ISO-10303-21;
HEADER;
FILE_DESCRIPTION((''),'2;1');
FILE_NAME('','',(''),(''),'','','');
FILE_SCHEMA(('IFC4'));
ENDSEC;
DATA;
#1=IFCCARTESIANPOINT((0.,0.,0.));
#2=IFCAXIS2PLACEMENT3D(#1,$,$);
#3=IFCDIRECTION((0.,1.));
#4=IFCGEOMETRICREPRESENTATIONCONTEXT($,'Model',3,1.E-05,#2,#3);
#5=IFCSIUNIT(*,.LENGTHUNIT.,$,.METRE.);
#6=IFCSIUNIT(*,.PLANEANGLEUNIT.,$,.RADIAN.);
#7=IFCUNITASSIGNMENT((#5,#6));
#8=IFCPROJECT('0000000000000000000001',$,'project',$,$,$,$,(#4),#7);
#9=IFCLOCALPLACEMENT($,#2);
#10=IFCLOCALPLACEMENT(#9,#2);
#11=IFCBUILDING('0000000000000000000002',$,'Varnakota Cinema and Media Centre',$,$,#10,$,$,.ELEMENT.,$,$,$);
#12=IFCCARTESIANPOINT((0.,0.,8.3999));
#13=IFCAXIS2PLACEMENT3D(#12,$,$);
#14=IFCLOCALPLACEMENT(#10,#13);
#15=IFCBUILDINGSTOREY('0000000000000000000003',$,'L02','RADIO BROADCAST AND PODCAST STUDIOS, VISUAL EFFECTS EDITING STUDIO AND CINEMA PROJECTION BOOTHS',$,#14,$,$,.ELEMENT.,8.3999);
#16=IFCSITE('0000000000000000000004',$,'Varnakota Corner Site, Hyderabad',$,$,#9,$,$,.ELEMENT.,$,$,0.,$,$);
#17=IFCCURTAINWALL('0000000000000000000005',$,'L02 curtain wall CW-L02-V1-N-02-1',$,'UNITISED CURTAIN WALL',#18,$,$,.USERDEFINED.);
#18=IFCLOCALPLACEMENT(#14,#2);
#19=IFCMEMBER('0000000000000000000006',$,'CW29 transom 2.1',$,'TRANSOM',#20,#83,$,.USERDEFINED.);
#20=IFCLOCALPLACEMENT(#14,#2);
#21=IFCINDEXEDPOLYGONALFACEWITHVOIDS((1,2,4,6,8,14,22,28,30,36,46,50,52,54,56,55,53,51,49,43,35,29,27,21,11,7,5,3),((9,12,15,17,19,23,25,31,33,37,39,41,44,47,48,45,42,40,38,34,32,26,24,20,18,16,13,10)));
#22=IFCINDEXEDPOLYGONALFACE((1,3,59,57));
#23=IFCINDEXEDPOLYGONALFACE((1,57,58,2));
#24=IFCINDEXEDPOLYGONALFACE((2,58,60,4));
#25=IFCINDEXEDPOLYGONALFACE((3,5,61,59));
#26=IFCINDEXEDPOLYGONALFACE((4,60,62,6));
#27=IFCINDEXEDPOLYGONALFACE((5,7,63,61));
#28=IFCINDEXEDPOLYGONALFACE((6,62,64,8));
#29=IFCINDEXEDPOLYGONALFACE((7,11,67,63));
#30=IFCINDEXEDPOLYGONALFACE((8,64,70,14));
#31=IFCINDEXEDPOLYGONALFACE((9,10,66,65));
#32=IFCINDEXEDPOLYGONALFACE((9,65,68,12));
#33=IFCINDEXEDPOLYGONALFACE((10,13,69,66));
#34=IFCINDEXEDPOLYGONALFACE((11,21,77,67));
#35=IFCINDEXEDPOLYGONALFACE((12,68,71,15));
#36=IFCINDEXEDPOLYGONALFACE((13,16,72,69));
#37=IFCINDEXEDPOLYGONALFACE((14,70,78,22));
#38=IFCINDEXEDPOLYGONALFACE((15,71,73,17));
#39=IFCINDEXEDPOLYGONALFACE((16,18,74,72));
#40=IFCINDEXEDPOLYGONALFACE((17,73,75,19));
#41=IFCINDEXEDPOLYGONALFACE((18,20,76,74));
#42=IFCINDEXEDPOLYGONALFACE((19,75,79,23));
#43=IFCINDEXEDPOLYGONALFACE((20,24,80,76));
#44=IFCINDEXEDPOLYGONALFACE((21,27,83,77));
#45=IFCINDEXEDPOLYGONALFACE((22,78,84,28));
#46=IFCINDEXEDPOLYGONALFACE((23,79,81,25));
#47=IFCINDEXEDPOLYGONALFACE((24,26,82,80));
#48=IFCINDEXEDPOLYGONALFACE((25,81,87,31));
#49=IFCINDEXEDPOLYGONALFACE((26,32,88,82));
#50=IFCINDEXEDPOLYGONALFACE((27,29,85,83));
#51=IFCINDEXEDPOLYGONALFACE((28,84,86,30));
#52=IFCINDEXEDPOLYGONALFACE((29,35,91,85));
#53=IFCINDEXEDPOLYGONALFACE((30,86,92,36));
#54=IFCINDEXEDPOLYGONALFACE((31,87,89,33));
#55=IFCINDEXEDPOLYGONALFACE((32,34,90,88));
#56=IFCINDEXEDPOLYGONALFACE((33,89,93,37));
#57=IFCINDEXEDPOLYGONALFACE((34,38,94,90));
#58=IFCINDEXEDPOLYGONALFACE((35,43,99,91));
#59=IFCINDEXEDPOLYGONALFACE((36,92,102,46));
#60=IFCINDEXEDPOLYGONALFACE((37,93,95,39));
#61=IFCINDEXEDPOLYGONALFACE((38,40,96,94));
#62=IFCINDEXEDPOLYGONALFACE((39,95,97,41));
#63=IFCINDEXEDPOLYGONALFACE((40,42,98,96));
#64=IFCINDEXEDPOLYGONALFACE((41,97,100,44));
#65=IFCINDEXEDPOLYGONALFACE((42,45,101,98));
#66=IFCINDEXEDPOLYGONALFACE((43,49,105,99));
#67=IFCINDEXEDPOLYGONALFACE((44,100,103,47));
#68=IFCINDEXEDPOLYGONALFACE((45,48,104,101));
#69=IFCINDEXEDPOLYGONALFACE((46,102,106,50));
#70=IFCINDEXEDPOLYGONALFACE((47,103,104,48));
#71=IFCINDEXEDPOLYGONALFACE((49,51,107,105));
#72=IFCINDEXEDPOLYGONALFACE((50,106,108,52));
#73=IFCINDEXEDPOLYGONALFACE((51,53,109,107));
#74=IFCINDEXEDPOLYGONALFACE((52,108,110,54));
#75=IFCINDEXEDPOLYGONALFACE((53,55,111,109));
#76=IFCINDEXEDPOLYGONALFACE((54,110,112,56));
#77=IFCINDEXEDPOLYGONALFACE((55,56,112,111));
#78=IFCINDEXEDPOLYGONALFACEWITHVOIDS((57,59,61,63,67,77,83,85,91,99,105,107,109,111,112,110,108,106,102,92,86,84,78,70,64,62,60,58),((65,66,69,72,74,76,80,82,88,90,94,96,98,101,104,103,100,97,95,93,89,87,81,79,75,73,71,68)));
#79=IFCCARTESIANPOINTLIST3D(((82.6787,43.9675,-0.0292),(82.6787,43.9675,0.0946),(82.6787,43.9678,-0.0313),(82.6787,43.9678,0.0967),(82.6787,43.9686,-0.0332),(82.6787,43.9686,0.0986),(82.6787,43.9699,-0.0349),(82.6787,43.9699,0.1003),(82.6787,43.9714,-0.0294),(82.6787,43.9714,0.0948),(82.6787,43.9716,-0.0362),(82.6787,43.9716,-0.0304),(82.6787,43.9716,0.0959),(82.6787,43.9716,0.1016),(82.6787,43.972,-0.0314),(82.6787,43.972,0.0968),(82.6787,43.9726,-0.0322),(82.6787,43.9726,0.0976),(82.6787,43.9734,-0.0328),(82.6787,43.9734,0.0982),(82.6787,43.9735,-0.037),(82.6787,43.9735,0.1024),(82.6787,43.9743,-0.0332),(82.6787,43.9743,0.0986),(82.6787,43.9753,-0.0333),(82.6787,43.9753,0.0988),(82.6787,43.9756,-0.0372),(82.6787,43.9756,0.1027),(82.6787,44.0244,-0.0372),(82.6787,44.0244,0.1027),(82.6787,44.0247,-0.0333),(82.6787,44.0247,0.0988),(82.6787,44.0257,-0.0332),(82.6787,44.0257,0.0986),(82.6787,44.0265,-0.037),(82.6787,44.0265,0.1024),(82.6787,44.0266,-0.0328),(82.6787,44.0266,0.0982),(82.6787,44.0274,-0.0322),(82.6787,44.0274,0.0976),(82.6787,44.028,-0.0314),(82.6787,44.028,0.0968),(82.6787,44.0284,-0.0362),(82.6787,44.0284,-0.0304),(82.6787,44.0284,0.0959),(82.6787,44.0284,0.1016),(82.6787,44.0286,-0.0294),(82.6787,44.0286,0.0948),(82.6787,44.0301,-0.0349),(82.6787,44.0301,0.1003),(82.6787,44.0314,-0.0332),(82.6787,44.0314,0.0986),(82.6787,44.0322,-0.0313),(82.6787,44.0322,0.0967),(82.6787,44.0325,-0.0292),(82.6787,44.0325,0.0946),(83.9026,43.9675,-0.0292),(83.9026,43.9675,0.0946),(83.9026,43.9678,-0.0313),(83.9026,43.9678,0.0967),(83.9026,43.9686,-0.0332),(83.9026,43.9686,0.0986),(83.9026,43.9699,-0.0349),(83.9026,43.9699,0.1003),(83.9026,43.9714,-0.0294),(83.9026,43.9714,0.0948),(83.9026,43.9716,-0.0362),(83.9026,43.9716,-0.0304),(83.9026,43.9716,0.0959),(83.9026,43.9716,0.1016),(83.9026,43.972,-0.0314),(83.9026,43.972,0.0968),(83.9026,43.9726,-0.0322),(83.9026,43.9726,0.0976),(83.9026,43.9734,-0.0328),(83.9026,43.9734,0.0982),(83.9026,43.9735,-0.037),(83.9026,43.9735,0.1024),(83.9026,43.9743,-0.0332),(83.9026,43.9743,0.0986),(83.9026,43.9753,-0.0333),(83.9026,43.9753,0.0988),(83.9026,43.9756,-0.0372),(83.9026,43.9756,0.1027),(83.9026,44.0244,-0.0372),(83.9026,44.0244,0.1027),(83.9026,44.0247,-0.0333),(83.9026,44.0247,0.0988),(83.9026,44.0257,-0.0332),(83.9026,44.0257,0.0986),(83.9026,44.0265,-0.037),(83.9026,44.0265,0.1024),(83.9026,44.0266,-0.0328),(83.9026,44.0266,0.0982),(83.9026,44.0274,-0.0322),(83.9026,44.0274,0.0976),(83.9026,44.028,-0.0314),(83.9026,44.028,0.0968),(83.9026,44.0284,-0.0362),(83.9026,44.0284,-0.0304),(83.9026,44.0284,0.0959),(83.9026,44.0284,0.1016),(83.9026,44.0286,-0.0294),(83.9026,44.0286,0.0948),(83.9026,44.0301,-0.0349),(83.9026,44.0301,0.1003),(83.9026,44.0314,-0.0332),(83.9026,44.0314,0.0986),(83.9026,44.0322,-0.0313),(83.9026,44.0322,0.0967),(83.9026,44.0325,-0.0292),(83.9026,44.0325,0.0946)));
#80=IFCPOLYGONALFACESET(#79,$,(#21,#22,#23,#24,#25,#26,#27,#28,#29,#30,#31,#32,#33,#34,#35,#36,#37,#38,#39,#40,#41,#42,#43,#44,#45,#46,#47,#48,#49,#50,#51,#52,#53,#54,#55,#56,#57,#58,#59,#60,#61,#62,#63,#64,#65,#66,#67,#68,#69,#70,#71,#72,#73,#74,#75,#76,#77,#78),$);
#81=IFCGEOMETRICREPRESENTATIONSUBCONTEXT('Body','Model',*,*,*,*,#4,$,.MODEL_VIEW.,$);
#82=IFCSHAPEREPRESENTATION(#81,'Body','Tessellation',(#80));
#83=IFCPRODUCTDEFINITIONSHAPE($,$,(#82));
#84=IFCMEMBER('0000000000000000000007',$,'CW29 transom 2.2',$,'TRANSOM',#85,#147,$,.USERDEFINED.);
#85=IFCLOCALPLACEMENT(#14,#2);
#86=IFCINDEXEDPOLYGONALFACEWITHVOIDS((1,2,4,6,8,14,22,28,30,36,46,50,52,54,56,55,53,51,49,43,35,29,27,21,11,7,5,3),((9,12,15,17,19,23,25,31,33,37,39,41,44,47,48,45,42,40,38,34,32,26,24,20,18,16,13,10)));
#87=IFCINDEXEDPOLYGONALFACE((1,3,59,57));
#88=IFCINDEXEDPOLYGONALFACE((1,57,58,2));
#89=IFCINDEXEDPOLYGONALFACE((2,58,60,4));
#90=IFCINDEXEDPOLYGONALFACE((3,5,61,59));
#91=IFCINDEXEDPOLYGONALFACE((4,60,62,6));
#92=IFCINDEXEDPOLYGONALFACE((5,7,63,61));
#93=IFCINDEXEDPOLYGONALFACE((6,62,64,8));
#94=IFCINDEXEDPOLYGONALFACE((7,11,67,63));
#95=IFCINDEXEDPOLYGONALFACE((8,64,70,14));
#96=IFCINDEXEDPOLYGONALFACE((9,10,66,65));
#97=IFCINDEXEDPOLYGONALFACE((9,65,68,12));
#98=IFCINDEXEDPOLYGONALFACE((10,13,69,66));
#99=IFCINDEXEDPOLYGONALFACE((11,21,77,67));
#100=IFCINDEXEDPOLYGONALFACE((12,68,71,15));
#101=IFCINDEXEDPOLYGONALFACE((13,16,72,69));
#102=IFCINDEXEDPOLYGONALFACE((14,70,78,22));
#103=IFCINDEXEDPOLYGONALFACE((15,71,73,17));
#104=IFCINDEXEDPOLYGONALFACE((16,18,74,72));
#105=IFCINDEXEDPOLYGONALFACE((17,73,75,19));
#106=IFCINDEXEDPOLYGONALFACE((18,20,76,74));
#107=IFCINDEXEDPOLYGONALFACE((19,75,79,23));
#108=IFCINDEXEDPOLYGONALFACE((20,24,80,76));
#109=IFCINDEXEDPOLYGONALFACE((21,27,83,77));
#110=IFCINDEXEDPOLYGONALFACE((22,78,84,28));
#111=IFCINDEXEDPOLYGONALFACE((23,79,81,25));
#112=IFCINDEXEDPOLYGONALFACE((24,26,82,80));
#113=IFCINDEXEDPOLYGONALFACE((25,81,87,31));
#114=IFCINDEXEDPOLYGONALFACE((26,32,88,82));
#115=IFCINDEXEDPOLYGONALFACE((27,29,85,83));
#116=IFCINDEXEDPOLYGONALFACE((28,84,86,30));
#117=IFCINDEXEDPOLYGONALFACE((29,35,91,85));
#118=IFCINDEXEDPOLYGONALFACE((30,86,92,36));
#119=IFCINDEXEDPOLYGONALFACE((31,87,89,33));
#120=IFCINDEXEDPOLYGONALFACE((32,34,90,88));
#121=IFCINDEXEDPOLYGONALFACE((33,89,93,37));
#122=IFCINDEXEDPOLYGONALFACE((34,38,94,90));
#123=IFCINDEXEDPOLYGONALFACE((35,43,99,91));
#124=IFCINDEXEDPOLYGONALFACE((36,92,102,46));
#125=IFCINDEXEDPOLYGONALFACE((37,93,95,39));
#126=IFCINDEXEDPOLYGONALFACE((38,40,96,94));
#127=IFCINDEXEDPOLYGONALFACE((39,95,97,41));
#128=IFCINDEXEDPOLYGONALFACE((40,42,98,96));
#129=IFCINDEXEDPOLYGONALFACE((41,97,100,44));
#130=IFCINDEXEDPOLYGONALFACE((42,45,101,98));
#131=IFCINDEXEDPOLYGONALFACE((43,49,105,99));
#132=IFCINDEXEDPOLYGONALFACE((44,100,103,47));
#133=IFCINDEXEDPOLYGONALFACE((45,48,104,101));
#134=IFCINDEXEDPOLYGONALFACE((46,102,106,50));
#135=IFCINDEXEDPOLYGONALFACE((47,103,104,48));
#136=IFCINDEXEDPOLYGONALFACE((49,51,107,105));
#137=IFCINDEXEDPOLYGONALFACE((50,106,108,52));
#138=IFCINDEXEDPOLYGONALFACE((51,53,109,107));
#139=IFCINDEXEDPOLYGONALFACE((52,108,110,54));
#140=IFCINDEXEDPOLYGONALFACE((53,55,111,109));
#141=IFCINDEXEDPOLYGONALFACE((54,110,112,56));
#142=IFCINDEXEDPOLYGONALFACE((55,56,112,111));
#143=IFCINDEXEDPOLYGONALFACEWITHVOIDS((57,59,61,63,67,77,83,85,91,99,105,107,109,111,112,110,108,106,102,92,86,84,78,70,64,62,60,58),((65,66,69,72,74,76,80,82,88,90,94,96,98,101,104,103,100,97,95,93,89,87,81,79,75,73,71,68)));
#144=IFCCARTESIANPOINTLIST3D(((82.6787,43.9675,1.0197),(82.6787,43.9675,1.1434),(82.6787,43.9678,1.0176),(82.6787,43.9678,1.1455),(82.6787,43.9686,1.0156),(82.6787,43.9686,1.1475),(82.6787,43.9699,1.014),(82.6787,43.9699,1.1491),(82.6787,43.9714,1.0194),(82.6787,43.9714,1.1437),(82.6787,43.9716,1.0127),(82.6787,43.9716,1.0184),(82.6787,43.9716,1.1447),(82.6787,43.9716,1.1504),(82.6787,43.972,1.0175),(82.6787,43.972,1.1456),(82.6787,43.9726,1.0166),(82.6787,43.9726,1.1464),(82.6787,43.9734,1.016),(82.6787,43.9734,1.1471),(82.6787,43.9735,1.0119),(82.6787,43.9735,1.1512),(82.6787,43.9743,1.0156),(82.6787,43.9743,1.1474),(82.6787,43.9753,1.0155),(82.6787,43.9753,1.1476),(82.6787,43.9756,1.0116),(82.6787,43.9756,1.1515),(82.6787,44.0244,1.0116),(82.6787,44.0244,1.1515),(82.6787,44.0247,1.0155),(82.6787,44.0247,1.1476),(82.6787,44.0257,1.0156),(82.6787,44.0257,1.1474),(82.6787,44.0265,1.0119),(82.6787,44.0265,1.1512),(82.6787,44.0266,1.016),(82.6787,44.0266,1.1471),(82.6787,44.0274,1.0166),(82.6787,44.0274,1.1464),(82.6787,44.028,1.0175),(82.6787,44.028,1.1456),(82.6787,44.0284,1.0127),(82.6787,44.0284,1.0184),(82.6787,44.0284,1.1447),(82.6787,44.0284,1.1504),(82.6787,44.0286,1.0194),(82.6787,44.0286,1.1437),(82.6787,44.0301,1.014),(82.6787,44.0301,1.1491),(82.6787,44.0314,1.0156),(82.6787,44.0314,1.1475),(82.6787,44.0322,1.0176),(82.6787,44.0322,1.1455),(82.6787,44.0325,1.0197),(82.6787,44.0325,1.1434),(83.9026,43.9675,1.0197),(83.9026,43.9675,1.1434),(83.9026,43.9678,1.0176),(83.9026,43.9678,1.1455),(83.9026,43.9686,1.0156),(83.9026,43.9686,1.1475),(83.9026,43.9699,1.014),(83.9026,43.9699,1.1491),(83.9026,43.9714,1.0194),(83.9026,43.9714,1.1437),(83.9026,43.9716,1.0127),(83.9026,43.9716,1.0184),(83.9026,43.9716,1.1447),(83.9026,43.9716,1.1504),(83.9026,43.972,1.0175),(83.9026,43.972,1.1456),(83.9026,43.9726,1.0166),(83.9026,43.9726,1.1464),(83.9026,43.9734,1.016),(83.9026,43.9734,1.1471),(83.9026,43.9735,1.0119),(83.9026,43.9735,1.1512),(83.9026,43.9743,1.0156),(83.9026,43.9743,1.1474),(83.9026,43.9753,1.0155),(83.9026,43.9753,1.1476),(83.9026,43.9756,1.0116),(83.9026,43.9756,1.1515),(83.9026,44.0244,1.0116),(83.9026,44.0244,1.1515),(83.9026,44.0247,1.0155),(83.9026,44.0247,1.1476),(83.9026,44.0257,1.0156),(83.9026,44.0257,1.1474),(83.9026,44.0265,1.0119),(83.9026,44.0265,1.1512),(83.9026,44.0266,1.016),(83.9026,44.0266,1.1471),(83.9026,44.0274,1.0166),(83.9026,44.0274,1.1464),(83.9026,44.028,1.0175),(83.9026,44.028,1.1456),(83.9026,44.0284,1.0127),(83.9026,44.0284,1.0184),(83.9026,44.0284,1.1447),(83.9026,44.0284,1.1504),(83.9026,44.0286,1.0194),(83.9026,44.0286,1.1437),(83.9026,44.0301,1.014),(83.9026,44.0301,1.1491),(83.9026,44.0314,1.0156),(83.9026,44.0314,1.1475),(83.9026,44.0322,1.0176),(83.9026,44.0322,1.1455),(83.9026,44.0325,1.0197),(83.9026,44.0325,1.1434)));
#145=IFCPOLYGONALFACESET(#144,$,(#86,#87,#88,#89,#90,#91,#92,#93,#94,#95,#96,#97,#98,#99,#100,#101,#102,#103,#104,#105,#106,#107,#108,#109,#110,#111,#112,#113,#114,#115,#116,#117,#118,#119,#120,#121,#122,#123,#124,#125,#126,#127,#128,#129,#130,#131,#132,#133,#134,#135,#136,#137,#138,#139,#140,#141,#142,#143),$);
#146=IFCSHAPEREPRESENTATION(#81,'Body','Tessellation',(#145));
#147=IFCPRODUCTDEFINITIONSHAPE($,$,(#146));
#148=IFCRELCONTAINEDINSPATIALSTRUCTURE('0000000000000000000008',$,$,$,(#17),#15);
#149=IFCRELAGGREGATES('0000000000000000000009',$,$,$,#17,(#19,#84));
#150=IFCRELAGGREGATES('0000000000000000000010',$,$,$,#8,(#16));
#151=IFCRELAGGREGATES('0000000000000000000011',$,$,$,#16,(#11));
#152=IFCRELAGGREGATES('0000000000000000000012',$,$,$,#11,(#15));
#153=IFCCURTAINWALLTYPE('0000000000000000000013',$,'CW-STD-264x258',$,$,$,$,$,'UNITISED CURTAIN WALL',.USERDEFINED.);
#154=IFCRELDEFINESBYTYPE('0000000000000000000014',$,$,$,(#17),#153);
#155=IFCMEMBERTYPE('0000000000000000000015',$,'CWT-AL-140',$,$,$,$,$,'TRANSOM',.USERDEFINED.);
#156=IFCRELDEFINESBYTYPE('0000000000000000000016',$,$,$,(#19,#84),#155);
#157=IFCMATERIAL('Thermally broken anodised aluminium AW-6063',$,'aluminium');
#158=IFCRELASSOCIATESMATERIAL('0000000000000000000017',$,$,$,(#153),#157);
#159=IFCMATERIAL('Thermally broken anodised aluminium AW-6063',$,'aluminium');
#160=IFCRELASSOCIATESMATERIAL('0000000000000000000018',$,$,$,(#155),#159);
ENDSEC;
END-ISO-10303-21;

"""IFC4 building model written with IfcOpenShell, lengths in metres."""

from ifc_helpers import new_model, si_unit, direction, frame, origin, origin_2d, place, context, subcontext, project, spatial, hollow_rectangle, extrude, material, material_profile, profile_set, type_object, element, aggregate, save


model = new_model("IFC4")

# Units and contexts
model_context = context("Model", 3, precision=1e-05, world=origin(), true_north=direction((0.0, 1.0)))
body_context = subcontext(model_context, "Body", "Model", "MODEL_VIEW")
ifc_project = project(units=[si_unit("LENGTHUNIT", "METRE"), si_unit("PLANEANGLEUNIT", "RADIAN")], contexts=[model_context])

# Site, building, storey
site_placement = place(None, origin())
site = spatial("IfcSite", under=ifc_project, at=site_placement, Name="Varnakota Corner Site, Hyderabad", CompositionType="ELEMENT", RefElevation=0.0)
building_placement = place(site_placement, origin())
building = spatial("IfcBuilding", under=site, at=building_placement, Name="Varnakota Cinema and Media Centre", CompositionType="ELEMENT")
storey_placement = place(building_placement, frame((0.0, 0.0, 8.3999)))
storey = spatial("IfcBuildingStorey", under=building, at=storey_placement, Name="L02", Description="RADIO BROADCAST AND PODCAST STUDIOS, VISUAL EFFECTS EDITING STUDIO AND CINEMA PROJECTION BOOTHS", CompositionType="ELEMENT", Elevation=8.3999)

# Curtain wall
ifc_material_1 = material(Name="Thermally broken anodised aluminium AW-6063", Category="aluminium")
curtain_wall_type = type_object("IfcCurtainWallType", Name="CW-STD-264x258", ElementType="UNITISED CURTAIN WALL", PredefinedType="USERDEFINED", material=ifc_material_1)
curtain_wall_1_placement = place(storey_placement, origin())
curtain_wall_1 = element("IfcCurtainWall", 1, at=curtain_wall_1_placement, inside=storey, type_object=curtain_wall_type, Name="L02 curtain wall CW-L02-V1-N-02-1", ObjectType="UNITISED CURTAIN WALL", PredefinedType="USERDEFINED")

# Members
ifc_material_2 = material(Name="Thermally broken anodised aluminium AW-6063", Category="aluminium")
ifc_material_profile_1 = material_profile(ifc_material_2, hollow_rectangle(XDim=0.0649, YDim=0.1399, WallThickness=0.0039, InnerFilletRadius=0.0039, OuterFilletRadius=0.0081, at=origin_2d()), Name="AL-TRANSOM 140x65x4")
ifc_profile_set_1 = profile_set([ifc_material_profile_1], Name="Thermally broken anodised aluminium AW-6063")
member_type_1 = type_object("IfcMemberType", Name="CWT-AL-140", ElementType="TRANSOM", PredefinedType="USERDEFINED", material=ifc_profile_set_1)
member_1_placement = place(storey_placement, frame((82.6787, 44.0, 0.0327), z_axis=(1.0, 0.0, 0.0), x_axis=(0.0, 1.0, 0.0)))
member_1 = element("IfcMember", 2, at=member_1_placement, type_object=member_type_1, Name="CW29 transom 2.1", ObjectType="TRANSOM", PredefinedType="USERDEFINED", context=body_context, shape_type="SweptSolid", body=[
    extrude(hollow_rectangle(XDim=0.0649, YDim=0.1399, WallThickness=0.0039, InnerFilletRadius=0.0039, OuterFilletRadius=0.0081, at=origin_2d()), origin(), (0.0, 0.0, 1.0), 1.2239),
])
member_2_placement = place(storey_placement, frame((82.6787, 44.0, 1.0815), z_axis=(1.0, 0.0, 0.0), x_axis=(0.0, 1.0, 0.0)))
member_2 = element("IfcMember", 3, at=member_2_placement, type_object=member_type_1, Name="CW29 transom 2.2", ObjectType="TRANSOM", PredefinedType="USERDEFINED", context=body_context, shape_type="SweptSolid", body=[
    extrude(hollow_rectangle(XDim=0.0649, YDim=0.1399, WallThickness=0.0039, InnerFilletRadius=0.0039, OuterFilletRadius=0.0081, at=origin_2d()), origin(), (0.0, 0.0, 1.0), 1.2239),
])

aggregate(curtain_wall_1, [member_1, member_2])

save(model, "model.ifc")
